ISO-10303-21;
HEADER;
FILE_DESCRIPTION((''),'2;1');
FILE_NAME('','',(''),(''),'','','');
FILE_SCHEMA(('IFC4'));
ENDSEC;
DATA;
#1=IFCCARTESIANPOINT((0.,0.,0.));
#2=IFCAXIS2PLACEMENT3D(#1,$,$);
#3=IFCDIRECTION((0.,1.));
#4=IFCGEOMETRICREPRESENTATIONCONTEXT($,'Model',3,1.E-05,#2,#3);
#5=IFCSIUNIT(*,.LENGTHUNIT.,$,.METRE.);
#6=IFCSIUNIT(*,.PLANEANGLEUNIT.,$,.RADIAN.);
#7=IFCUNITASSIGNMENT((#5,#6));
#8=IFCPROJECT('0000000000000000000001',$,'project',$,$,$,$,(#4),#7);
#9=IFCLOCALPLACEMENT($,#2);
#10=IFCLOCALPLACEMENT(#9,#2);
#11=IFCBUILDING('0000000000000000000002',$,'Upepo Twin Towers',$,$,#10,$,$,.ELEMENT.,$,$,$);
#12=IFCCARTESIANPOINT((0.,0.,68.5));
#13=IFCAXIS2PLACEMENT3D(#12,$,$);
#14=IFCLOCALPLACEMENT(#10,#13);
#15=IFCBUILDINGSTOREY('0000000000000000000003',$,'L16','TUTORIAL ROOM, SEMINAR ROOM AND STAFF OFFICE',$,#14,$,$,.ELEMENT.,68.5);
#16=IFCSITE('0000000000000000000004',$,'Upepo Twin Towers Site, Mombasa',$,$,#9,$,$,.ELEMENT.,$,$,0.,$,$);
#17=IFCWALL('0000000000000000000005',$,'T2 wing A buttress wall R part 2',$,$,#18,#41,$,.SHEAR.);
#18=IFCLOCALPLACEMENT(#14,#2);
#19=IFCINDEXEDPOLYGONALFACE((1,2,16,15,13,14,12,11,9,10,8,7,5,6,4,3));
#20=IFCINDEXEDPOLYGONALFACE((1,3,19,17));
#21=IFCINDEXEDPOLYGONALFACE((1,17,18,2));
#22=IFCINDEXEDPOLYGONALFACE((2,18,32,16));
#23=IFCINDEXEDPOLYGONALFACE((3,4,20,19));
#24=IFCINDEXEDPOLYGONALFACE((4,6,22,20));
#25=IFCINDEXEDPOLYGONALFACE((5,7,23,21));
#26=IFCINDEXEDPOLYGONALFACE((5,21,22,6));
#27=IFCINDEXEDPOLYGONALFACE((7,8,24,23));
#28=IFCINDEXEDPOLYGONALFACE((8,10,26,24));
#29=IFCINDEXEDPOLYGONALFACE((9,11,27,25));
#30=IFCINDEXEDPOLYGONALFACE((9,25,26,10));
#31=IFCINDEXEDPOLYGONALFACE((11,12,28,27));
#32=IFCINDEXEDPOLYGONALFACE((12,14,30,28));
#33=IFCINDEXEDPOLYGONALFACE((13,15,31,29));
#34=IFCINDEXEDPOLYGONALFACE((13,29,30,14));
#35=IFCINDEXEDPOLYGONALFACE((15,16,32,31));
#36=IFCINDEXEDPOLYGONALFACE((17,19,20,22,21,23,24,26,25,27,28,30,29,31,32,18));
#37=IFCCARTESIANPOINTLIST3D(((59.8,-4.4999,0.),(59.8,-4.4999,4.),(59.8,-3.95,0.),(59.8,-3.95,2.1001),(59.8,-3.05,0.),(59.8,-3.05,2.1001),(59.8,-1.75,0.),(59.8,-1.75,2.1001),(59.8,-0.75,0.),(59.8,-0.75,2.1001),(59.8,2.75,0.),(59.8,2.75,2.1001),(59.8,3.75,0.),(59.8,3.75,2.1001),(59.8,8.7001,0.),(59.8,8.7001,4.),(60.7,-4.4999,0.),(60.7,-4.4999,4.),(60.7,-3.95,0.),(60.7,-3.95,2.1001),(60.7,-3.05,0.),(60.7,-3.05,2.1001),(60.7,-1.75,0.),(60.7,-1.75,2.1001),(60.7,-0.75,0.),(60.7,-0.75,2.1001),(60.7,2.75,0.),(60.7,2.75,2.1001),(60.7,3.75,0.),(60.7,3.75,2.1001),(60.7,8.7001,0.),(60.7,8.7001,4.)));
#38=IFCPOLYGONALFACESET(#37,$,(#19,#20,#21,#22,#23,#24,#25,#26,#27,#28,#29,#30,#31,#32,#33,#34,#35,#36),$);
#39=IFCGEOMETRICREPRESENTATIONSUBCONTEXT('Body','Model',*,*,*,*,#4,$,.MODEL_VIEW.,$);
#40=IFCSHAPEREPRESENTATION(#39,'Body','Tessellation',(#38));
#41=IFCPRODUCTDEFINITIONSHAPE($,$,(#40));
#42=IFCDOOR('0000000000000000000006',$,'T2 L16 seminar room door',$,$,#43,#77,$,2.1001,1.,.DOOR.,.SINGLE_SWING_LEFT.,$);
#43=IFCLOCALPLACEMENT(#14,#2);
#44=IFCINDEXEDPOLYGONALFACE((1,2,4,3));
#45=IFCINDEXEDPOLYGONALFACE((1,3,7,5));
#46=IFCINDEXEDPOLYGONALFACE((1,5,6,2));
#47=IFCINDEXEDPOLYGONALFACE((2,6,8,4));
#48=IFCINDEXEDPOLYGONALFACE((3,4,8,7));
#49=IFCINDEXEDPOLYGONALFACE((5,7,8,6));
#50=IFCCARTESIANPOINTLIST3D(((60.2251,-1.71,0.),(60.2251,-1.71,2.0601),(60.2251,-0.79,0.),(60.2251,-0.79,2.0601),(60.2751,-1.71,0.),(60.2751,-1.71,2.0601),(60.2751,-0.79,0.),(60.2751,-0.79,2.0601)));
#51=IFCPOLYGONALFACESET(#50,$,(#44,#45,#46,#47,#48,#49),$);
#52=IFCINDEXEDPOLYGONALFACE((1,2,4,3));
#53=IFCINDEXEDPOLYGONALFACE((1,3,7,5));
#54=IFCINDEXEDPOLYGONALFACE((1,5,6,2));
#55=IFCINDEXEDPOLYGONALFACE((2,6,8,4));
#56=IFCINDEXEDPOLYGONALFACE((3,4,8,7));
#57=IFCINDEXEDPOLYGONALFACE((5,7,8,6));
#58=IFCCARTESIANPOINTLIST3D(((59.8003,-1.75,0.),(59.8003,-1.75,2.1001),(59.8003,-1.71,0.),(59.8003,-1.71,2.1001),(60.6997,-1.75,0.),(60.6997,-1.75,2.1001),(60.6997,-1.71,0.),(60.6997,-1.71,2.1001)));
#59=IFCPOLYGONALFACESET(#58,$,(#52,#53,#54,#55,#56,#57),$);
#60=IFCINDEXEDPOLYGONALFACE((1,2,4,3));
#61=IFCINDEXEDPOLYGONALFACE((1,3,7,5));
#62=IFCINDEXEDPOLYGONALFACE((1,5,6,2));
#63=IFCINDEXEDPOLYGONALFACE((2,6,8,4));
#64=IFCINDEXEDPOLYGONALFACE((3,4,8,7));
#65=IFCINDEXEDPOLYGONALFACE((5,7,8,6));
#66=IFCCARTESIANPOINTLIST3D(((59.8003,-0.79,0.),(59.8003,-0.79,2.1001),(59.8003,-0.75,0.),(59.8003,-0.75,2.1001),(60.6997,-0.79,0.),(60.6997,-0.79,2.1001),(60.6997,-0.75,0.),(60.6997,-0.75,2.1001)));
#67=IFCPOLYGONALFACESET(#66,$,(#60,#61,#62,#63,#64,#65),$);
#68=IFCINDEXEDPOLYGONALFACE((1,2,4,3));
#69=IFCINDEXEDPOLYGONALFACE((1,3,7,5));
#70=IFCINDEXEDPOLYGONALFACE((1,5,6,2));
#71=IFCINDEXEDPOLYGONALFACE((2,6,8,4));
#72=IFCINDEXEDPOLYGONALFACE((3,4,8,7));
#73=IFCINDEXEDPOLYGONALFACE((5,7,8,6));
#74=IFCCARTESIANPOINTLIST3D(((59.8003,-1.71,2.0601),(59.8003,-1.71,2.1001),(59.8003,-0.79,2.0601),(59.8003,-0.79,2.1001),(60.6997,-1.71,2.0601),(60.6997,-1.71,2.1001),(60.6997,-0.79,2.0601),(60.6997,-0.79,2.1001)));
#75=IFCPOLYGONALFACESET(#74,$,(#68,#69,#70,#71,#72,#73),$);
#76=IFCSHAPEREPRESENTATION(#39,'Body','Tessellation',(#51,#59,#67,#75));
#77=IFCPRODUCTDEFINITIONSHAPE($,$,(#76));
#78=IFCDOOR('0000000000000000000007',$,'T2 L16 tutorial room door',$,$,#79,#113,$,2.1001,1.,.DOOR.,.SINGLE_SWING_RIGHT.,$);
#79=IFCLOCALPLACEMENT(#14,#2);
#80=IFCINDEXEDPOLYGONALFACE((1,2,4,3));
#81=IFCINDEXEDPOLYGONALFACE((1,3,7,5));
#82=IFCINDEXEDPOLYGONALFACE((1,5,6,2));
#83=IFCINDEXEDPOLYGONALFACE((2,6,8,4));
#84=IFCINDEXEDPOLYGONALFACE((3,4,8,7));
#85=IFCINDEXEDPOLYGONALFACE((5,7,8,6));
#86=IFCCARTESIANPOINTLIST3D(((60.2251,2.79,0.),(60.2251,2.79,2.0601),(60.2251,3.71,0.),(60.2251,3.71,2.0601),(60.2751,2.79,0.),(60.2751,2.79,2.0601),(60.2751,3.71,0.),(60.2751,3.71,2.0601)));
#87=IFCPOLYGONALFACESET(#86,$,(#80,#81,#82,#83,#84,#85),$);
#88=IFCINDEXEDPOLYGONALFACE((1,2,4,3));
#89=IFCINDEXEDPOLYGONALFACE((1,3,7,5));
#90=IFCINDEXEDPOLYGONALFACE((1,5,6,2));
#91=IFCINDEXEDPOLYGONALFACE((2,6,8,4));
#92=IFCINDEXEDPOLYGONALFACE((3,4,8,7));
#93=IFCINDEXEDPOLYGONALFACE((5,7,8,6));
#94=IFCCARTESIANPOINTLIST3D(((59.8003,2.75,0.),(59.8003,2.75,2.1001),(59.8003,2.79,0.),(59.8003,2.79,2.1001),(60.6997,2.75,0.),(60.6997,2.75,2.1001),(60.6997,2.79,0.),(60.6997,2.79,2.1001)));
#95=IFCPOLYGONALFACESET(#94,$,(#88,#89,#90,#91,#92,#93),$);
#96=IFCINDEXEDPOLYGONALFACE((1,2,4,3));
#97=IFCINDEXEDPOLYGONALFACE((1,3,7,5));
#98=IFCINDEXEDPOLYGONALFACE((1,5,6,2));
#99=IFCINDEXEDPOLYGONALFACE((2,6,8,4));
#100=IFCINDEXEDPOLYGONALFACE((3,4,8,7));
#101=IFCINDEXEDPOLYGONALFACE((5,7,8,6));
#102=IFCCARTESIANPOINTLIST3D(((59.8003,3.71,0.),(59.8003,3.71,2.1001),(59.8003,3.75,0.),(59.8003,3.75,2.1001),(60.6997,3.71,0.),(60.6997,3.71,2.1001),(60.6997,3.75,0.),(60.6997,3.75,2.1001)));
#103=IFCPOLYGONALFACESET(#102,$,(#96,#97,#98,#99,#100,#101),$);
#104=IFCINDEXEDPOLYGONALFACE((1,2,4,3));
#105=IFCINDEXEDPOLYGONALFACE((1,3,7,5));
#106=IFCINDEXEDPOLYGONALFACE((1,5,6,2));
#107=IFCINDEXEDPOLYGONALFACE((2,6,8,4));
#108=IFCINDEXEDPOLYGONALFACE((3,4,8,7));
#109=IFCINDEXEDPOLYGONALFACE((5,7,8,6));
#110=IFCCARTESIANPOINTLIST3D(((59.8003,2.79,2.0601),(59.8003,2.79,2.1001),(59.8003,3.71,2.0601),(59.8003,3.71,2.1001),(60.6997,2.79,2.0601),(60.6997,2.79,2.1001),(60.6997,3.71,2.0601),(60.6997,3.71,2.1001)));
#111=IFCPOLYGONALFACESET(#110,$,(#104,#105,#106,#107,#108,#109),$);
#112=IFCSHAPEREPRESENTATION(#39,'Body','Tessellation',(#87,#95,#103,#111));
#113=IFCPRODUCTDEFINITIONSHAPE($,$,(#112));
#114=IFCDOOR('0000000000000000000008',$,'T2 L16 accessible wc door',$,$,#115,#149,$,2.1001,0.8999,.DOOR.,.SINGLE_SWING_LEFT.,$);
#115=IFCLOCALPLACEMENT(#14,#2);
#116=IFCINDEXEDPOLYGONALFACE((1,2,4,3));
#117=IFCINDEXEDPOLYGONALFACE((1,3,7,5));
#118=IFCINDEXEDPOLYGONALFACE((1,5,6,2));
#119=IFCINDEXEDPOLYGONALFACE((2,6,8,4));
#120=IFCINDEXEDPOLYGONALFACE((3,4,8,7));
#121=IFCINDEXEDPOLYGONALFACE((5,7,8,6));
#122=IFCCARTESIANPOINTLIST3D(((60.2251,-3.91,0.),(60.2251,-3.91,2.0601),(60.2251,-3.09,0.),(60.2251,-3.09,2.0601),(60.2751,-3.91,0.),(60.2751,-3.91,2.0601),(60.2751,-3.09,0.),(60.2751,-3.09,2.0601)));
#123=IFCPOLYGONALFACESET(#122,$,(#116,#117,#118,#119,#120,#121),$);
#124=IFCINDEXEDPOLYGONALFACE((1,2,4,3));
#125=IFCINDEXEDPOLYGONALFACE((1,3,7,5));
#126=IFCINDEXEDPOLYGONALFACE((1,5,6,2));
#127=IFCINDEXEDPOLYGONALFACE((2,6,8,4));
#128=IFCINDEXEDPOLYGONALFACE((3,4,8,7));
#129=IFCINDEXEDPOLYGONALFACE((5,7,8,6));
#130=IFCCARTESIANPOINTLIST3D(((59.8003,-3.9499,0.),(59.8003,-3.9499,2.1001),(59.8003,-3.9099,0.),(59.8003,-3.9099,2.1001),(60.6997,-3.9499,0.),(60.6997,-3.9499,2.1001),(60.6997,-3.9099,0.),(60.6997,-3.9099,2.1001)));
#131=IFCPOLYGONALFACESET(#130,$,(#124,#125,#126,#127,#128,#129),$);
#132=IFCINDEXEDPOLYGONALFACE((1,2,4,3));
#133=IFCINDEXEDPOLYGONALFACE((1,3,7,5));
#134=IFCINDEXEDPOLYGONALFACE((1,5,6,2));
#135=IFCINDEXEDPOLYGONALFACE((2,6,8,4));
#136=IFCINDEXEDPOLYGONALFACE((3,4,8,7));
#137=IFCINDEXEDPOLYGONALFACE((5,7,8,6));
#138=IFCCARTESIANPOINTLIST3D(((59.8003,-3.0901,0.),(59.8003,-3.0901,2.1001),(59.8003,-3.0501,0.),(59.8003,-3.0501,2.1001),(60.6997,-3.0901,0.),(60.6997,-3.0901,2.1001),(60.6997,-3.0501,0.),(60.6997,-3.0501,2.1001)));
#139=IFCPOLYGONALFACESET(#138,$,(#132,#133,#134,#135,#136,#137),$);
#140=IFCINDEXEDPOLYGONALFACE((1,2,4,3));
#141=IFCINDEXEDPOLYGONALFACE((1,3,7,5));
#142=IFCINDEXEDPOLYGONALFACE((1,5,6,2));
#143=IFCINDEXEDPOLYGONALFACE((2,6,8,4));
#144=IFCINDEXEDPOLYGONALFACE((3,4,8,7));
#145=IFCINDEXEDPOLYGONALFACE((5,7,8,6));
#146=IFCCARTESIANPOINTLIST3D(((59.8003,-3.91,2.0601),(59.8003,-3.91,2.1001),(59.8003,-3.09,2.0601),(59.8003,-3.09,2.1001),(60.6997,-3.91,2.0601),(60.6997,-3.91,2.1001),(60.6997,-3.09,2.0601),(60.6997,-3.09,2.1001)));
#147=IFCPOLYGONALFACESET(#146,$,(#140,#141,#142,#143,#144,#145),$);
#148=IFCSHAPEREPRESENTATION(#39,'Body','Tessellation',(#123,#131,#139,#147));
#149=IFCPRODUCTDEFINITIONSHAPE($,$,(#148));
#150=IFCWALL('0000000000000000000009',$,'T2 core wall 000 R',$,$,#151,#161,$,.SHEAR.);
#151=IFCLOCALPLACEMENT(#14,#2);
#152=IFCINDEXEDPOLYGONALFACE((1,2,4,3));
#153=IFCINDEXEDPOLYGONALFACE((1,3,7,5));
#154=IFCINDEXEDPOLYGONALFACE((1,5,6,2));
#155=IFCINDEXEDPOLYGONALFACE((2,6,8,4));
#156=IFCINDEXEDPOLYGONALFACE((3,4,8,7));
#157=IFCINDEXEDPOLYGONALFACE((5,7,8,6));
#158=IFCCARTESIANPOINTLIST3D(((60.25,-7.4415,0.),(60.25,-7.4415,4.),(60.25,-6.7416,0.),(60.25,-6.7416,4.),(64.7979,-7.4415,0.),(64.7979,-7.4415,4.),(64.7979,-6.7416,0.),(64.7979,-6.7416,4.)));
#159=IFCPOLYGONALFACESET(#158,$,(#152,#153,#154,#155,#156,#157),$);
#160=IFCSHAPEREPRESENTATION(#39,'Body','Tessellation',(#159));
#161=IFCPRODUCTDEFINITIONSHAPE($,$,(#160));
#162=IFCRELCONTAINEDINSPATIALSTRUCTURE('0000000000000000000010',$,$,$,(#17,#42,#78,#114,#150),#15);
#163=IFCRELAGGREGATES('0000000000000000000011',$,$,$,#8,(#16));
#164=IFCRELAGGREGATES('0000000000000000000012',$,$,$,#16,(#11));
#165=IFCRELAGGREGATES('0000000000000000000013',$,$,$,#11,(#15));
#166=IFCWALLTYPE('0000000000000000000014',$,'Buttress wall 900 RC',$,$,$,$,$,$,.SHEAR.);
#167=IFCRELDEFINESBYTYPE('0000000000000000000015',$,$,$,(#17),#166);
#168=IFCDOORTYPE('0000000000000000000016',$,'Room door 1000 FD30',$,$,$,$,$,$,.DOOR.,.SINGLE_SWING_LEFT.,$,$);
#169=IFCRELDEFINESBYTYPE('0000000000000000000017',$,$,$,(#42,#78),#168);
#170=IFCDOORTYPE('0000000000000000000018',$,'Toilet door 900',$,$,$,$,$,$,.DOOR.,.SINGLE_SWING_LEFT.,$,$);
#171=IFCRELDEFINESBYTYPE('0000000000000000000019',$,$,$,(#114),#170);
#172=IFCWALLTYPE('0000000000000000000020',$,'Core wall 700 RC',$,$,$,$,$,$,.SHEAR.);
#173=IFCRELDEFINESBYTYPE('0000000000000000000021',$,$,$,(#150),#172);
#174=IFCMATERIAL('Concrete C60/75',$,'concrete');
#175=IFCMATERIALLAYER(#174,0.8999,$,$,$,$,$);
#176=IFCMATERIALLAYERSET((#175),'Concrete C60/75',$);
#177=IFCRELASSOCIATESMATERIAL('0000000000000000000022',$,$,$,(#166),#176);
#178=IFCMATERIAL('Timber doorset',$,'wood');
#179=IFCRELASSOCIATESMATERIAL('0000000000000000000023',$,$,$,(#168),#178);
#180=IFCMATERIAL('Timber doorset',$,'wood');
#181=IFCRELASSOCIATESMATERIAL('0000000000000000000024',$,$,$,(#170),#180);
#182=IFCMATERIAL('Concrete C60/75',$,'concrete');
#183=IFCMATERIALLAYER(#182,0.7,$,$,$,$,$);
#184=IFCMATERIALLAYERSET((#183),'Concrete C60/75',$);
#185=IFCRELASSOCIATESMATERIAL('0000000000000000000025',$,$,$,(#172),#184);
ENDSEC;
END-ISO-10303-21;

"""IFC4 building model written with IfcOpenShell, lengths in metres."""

from ifc_helpers import new_model, si_unit, direction, frame, frame_2d, origin, place, context, subcontext, project, spatial, rectangle, extrude, material, layer, layer_set, type_object, element, fill, save


model = new_model("IFC4")

# Units and contexts
model_context = context("Model", 3, precision=1e-05, world=origin(), true_north=direction((0.0, 1.0)))
body_context = subcontext(model_context, "Body", "Model", "MODEL_VIEW")
ifc_project = project(units=[si_unit("LENGTHUNIT", "METRE"), si_unit("PLANEANGLEUNIT", "RADIAN")], contexts=[model_context])

# Site, building, storey
site_placement = place(None, origin())
site = spatial("IfcSite", under=ifc_project, at=site_placement, Name="Upepo Twin Towers Site, Mombasa", CompositionType="ELEMENT", RefElevation=0.0)
building_placement = place(site_placement, origin())
building = spatial("IfcBuilding", under=site, at=building_placement, Name="Upepo Twin Towers", CompositionType="ELEMENT")
storey_placement = place(building_placement, frame((0.0, 0.0, 68.5)))
storey = spatial("IfcBuildingStorey", under=building, at=storey_placement, Name="L16", Description="TUTORIAL ROOM, SEMINAR ROOM AND STAFF OFFICE", CompositionType="ELEMENT", Elevation=68.5)

# Wall, openings, doors
ifc_material_1 = material(Name="Concrete C60/75", Category="concrete")
ifc_layer_1 = layer(ifc_material_1, 0.8999)
ifc_layer_set_1 = layer_set([ifc_layer_1], Name="Concrete C60/75")
wall_type_1 = type_object("IfcWallType", Name="Buttress wall 900 RC", PredefinedType="SHEAR", material=ifc_layer_set_1)
wall_1_placement = place(storey_placement, frame((60.25, -4.5, 0.0), z_axis=(0.0, 0.0, 1.0), x_axis=(0.0, 1.0, 0.0)))
wall_1 = element("IfcWall", 1, at=wall_1_placement, inside=storey, type_object=wall_type_1, Name="T2 wing A buttress wall R part 2", PredefinedType="SHEAR", context=body_context, shape_type="SweptSolid", body=[
    extrude(rectangle(XDim=13.2, YDim=0.8999, at=frame_2d((6.6001, 0.0))), origin(), (0.0, 0.0, 1.0), 4.0),
])
opening_1_placement = place(wall_1_placement, frame((0.55, 0.0, 0.0)))
opening_1 = element("IfcOpeningElement", 2, at=opening_1_placement, cuts=wall_1, PredefinedType="OPENING", context=body_context, shape_type="SweptSolid", body=[
    extrude(rectangle(XDim=0.8999, YDim=2.1001, at=frame_2d((0.45, 1.05))), frame((0.0, 0.46, 0.0), z_axis=(0.0, -1.0, 0.0), x_axis=(1.0, 0.0, 0.0)), (0.0, 0.0, 1.0), 0.9199),
])
opening_2_placement = place(wall_1_placement, frame((2.75, 0.0, 0.0)))
opening_2 = element("IfcOpeningElement", 3, at=opening_2_placement, cuts=wall_1, PredefinedType="OPENING", context=body_context, shape_type="SweptSolid", body=[
    extrude(rectangle(XDim=1.0, YDim=2.1001, at=frame_2d((0.5, 1.05))), frame((0.0, 0.46, 0.0), z_axis=(0.0, -1.0, 0.0), x_axis=(1.0, 0.0, 0.0)), (0.0, 0.0, 1.0), 0.9199),
])
opening_3_placement = place(wall_1_placement, frame((7.25, 0.0, 0.0)))
opening_3 = element("IfcOpeningElement", 4, at=opening_3_placement, cuts=wall_1, PredefinedType="OPENING", context=body_context, shape_type="SweptSolid", body=[
    extrude(rectangle(XDim=1.0, YDim=2.1001, at=frame_2d((0.5, 1.05))), frame((0.0, 0.46, 0.0), z_axis=(0.0, -1.0, 0.0), x_axis=(1.0, 0.0, 0.0)), (0.0, 0.0, 1.0), 0.9199),
])
ifc_material_2 = material(Name="Timber doorset", Category="wood")
door_type_1 = type_object("IfcDoorType", Name="Room door 1000 FD30", OperationType="SINGLE_SWING_LEFT", PredefinedType="DOOR", material=ifc_material_2)
door_1_placement = place(opening_2_placement, origin())
door_1 = element("IfcDoor", 5, at=door_1_placement, inside=storey, type_object=door_type_1, Name="T2 L16 seminar room door", OperationType="SINGLE_SWING_LEFT", OverallHeight=2.1001, OverallWidth=1.0, PredefinedType="DOOR", context=body_context, shape_type="SweptSolid", body=[
    extrude(rectangle(XDim=0.92, YDim=2.0601, at=frame_2d((0.5, 1.03))), frame((0.0, 0.0249, 0.0), z_axis=(0.0, -1.0, 0.0), x_axis=(1.0, 0.0, 0.0)), (0.0, 0.0, 1.0), 0.05),
    extrude(rectangle(XDim=0.04, YDim=2.1001, at=frame_2d((0.02, 1.05))), frame((0.0, 0.4497, 0.0), z_axis=(0.0, -1.0, 0.0), x_axis=(1.0, 0.0, 0.0)), (0.0, 0.0, 1.0), 0.8994),
    extrude(rectangle(XDim=0.04, YDim=2.1001, at=frame_2d((0.98, 1.05))), frame((0.0, 0.4497, 0.0), z_axis=(0.0, -1.0, 0.0), x_axis=(1.0, 0.0, 0.0)), (0.0, 0.0, 1.0), 0.8994),
    extrude(rectangle(XDim=0.92, YDim=0.04, at=frame_2d((0.5, 2.0801))), frame((0.0, 0.4497, 0.0), z_axis=(0.0, -1.0, 0.0), x_axis=(1.0, 0.0, 0.0)), (0.0, 0.0, 1.0), 0.8994),
])
fill(opening_2, door_1)
door_2_placement = place(opening_3_placement, origin())
door_2 = element("IfcDoor", 6, at=door_2_placement, inside=storey, type_object=door_type_1, Name="T2 L16 tutorial room door", OperationType="SINGLE_SWING_RIGHT", OverallHeight=2.1001, OverallWidth=1.0, PredefinedType="DOOR", context=body_context, shape_type="SweptSolid", body=[
    extrude(rectangle(XDim=0.92, YDim=2.0601, at=frame_2d((0.5, 1.03))), frame((0.0, 0.0249, 0.0), z_axis=(0.0, -1.0, 0.0), x_axis=(1.0, 0.0, 0.0)), (0.0, 0.0, 1.0), 0.05),
    extrude(rectangle(XDim=0.04, YDim=2.1001, at=frame_2d((0.02, 1.05))), frame((0.0, 0.4497, 0.0), z_axis=(0.0, -1.0, 0.0), x_axis=(1.0, 0.0, 0.0)), (0.0, 0.0, 1.0), 0.8994),
    extrude(rectangle(XDim=0.04, YDim=2.1001, at=frame_2d((0.98, 1.05))), frame((0.0, 0.4497, 0.0), z_axis=(0.0, -1.0, 0.0), x_axis=(1.0, 0.0, 0.0)), (0.0, 0.0, 1.0), 0.8994),
    extrude(rectangle(XDim=0.92, YDim=0.04, at=frame_2d((0.5, 2.0801))), frame((0.0, 0.4497, 0.0), z_axis=(0.0, -1.0, 0.0), x_axis=(1.0, 0.0, 0.0)), (0.0, 0.0, 1.0), 0.8994),
])
fill(opening_3, door_2)
ifc_material_3 = material(Name="Timber doorset", Category="wood")
door_type_2 = type_object("IfcDoorType", Name="Toilet door 900", OperationType="SINGLE_SWING_LEFT", PredefinedType="DOOR", material=ifc_material_3)
door_3_placement = place(opening_1_placement, origin())
door_3 = element("IfcDoor", 7, at=door_3_placement, inside=storey, type_object=door_type_2, Name="T2 L16 accessible wc door", OperationType="SINGLE_SWING_LEFT", OverallHeight=2.1001, OverallWidth=0.8999, PredefinedType="DOOR", context=body_context, shape_type="SweptSolid", body=[
    extrude(rectangle(XDim=0.8199, YDim=2.0601, at=frame_2d((0.45, 1.03))), frame((0.0, 0.0249, 0.0), z_axis=(0.0, -1.0, 0.0), x_axis=(1.0, 0.0, 0.0)), (0.0, 0.0, 1.0), 0.05),
    extrude(rectangle(XDim=0.04, YDim=2.1001, at=frame_2d((0.02, 1.05))), frame((0.0, 0.4497, 0.0), z_axis=(0.0, -1.0, 0.0), x_axis=(1.0, 0.0, 0.0)), (0.0, 0.0, 1.0), 0.8994),
    extrude(rectangle(XDim=0.04, YDim=2.1001, at=frame_2d((0.8799, 1.05))), frame((0.0, 0.4497, 0.0), z_axis=(0.0, -1.0, 0.0), x_axis=(1.0, 0.0, 0.0)), (0.0, 0.0, 1.0), 0.8994),
    extrude(rectangle(XDim=0.8199, YDim=0.04, at=frame_2d((0.45, 2.0801))), frame((0.0, 0.4497, 0.0), z_axis=(0.0, -1.0, 0.0), x_axis=(1.0, 0.0, 0.0)), (0.0, 0.0, 1.0), 0.8994),
])
fill(opening_1, door_3)

# Wall
ifc_material_4 = material(Name="Concrete C60/75", Category="concrete")
ifc_layer_2 = layer(ifc_material_4, 0.7)
ifc_layer_set_2 = layer_set([ifc_layer_2], Name="Concrete C60/75")
wall_type_2 = type_object("IfcWallType", Name="Core wall 700 RC", PredefinedType="SHEAR", material=ifc_layer_set_2)
wall_2_placement = place(storey_placement, frame((64.7979, -7.0916, 0.0), z_axis=(0.0, 0.0, 1.0), x_axis=(-1.0, 0.0, 0.0)))
element("IfcWall", 8, at=wall_2_placement, inside=storey, type_object=wall_type_2, Name="T2 core wall 000 R", PredefinedType="SHEAR", context=body_context, shape_type="SweptSolid", body=[
    extrude(rectangle(XDim=4.5479, YDim=0.7, at=frame_2d((2.2739, 0.0))), origin(), (0.0, 0.0, 1.0), 4.0),
])

save(model, "model.ifc")
